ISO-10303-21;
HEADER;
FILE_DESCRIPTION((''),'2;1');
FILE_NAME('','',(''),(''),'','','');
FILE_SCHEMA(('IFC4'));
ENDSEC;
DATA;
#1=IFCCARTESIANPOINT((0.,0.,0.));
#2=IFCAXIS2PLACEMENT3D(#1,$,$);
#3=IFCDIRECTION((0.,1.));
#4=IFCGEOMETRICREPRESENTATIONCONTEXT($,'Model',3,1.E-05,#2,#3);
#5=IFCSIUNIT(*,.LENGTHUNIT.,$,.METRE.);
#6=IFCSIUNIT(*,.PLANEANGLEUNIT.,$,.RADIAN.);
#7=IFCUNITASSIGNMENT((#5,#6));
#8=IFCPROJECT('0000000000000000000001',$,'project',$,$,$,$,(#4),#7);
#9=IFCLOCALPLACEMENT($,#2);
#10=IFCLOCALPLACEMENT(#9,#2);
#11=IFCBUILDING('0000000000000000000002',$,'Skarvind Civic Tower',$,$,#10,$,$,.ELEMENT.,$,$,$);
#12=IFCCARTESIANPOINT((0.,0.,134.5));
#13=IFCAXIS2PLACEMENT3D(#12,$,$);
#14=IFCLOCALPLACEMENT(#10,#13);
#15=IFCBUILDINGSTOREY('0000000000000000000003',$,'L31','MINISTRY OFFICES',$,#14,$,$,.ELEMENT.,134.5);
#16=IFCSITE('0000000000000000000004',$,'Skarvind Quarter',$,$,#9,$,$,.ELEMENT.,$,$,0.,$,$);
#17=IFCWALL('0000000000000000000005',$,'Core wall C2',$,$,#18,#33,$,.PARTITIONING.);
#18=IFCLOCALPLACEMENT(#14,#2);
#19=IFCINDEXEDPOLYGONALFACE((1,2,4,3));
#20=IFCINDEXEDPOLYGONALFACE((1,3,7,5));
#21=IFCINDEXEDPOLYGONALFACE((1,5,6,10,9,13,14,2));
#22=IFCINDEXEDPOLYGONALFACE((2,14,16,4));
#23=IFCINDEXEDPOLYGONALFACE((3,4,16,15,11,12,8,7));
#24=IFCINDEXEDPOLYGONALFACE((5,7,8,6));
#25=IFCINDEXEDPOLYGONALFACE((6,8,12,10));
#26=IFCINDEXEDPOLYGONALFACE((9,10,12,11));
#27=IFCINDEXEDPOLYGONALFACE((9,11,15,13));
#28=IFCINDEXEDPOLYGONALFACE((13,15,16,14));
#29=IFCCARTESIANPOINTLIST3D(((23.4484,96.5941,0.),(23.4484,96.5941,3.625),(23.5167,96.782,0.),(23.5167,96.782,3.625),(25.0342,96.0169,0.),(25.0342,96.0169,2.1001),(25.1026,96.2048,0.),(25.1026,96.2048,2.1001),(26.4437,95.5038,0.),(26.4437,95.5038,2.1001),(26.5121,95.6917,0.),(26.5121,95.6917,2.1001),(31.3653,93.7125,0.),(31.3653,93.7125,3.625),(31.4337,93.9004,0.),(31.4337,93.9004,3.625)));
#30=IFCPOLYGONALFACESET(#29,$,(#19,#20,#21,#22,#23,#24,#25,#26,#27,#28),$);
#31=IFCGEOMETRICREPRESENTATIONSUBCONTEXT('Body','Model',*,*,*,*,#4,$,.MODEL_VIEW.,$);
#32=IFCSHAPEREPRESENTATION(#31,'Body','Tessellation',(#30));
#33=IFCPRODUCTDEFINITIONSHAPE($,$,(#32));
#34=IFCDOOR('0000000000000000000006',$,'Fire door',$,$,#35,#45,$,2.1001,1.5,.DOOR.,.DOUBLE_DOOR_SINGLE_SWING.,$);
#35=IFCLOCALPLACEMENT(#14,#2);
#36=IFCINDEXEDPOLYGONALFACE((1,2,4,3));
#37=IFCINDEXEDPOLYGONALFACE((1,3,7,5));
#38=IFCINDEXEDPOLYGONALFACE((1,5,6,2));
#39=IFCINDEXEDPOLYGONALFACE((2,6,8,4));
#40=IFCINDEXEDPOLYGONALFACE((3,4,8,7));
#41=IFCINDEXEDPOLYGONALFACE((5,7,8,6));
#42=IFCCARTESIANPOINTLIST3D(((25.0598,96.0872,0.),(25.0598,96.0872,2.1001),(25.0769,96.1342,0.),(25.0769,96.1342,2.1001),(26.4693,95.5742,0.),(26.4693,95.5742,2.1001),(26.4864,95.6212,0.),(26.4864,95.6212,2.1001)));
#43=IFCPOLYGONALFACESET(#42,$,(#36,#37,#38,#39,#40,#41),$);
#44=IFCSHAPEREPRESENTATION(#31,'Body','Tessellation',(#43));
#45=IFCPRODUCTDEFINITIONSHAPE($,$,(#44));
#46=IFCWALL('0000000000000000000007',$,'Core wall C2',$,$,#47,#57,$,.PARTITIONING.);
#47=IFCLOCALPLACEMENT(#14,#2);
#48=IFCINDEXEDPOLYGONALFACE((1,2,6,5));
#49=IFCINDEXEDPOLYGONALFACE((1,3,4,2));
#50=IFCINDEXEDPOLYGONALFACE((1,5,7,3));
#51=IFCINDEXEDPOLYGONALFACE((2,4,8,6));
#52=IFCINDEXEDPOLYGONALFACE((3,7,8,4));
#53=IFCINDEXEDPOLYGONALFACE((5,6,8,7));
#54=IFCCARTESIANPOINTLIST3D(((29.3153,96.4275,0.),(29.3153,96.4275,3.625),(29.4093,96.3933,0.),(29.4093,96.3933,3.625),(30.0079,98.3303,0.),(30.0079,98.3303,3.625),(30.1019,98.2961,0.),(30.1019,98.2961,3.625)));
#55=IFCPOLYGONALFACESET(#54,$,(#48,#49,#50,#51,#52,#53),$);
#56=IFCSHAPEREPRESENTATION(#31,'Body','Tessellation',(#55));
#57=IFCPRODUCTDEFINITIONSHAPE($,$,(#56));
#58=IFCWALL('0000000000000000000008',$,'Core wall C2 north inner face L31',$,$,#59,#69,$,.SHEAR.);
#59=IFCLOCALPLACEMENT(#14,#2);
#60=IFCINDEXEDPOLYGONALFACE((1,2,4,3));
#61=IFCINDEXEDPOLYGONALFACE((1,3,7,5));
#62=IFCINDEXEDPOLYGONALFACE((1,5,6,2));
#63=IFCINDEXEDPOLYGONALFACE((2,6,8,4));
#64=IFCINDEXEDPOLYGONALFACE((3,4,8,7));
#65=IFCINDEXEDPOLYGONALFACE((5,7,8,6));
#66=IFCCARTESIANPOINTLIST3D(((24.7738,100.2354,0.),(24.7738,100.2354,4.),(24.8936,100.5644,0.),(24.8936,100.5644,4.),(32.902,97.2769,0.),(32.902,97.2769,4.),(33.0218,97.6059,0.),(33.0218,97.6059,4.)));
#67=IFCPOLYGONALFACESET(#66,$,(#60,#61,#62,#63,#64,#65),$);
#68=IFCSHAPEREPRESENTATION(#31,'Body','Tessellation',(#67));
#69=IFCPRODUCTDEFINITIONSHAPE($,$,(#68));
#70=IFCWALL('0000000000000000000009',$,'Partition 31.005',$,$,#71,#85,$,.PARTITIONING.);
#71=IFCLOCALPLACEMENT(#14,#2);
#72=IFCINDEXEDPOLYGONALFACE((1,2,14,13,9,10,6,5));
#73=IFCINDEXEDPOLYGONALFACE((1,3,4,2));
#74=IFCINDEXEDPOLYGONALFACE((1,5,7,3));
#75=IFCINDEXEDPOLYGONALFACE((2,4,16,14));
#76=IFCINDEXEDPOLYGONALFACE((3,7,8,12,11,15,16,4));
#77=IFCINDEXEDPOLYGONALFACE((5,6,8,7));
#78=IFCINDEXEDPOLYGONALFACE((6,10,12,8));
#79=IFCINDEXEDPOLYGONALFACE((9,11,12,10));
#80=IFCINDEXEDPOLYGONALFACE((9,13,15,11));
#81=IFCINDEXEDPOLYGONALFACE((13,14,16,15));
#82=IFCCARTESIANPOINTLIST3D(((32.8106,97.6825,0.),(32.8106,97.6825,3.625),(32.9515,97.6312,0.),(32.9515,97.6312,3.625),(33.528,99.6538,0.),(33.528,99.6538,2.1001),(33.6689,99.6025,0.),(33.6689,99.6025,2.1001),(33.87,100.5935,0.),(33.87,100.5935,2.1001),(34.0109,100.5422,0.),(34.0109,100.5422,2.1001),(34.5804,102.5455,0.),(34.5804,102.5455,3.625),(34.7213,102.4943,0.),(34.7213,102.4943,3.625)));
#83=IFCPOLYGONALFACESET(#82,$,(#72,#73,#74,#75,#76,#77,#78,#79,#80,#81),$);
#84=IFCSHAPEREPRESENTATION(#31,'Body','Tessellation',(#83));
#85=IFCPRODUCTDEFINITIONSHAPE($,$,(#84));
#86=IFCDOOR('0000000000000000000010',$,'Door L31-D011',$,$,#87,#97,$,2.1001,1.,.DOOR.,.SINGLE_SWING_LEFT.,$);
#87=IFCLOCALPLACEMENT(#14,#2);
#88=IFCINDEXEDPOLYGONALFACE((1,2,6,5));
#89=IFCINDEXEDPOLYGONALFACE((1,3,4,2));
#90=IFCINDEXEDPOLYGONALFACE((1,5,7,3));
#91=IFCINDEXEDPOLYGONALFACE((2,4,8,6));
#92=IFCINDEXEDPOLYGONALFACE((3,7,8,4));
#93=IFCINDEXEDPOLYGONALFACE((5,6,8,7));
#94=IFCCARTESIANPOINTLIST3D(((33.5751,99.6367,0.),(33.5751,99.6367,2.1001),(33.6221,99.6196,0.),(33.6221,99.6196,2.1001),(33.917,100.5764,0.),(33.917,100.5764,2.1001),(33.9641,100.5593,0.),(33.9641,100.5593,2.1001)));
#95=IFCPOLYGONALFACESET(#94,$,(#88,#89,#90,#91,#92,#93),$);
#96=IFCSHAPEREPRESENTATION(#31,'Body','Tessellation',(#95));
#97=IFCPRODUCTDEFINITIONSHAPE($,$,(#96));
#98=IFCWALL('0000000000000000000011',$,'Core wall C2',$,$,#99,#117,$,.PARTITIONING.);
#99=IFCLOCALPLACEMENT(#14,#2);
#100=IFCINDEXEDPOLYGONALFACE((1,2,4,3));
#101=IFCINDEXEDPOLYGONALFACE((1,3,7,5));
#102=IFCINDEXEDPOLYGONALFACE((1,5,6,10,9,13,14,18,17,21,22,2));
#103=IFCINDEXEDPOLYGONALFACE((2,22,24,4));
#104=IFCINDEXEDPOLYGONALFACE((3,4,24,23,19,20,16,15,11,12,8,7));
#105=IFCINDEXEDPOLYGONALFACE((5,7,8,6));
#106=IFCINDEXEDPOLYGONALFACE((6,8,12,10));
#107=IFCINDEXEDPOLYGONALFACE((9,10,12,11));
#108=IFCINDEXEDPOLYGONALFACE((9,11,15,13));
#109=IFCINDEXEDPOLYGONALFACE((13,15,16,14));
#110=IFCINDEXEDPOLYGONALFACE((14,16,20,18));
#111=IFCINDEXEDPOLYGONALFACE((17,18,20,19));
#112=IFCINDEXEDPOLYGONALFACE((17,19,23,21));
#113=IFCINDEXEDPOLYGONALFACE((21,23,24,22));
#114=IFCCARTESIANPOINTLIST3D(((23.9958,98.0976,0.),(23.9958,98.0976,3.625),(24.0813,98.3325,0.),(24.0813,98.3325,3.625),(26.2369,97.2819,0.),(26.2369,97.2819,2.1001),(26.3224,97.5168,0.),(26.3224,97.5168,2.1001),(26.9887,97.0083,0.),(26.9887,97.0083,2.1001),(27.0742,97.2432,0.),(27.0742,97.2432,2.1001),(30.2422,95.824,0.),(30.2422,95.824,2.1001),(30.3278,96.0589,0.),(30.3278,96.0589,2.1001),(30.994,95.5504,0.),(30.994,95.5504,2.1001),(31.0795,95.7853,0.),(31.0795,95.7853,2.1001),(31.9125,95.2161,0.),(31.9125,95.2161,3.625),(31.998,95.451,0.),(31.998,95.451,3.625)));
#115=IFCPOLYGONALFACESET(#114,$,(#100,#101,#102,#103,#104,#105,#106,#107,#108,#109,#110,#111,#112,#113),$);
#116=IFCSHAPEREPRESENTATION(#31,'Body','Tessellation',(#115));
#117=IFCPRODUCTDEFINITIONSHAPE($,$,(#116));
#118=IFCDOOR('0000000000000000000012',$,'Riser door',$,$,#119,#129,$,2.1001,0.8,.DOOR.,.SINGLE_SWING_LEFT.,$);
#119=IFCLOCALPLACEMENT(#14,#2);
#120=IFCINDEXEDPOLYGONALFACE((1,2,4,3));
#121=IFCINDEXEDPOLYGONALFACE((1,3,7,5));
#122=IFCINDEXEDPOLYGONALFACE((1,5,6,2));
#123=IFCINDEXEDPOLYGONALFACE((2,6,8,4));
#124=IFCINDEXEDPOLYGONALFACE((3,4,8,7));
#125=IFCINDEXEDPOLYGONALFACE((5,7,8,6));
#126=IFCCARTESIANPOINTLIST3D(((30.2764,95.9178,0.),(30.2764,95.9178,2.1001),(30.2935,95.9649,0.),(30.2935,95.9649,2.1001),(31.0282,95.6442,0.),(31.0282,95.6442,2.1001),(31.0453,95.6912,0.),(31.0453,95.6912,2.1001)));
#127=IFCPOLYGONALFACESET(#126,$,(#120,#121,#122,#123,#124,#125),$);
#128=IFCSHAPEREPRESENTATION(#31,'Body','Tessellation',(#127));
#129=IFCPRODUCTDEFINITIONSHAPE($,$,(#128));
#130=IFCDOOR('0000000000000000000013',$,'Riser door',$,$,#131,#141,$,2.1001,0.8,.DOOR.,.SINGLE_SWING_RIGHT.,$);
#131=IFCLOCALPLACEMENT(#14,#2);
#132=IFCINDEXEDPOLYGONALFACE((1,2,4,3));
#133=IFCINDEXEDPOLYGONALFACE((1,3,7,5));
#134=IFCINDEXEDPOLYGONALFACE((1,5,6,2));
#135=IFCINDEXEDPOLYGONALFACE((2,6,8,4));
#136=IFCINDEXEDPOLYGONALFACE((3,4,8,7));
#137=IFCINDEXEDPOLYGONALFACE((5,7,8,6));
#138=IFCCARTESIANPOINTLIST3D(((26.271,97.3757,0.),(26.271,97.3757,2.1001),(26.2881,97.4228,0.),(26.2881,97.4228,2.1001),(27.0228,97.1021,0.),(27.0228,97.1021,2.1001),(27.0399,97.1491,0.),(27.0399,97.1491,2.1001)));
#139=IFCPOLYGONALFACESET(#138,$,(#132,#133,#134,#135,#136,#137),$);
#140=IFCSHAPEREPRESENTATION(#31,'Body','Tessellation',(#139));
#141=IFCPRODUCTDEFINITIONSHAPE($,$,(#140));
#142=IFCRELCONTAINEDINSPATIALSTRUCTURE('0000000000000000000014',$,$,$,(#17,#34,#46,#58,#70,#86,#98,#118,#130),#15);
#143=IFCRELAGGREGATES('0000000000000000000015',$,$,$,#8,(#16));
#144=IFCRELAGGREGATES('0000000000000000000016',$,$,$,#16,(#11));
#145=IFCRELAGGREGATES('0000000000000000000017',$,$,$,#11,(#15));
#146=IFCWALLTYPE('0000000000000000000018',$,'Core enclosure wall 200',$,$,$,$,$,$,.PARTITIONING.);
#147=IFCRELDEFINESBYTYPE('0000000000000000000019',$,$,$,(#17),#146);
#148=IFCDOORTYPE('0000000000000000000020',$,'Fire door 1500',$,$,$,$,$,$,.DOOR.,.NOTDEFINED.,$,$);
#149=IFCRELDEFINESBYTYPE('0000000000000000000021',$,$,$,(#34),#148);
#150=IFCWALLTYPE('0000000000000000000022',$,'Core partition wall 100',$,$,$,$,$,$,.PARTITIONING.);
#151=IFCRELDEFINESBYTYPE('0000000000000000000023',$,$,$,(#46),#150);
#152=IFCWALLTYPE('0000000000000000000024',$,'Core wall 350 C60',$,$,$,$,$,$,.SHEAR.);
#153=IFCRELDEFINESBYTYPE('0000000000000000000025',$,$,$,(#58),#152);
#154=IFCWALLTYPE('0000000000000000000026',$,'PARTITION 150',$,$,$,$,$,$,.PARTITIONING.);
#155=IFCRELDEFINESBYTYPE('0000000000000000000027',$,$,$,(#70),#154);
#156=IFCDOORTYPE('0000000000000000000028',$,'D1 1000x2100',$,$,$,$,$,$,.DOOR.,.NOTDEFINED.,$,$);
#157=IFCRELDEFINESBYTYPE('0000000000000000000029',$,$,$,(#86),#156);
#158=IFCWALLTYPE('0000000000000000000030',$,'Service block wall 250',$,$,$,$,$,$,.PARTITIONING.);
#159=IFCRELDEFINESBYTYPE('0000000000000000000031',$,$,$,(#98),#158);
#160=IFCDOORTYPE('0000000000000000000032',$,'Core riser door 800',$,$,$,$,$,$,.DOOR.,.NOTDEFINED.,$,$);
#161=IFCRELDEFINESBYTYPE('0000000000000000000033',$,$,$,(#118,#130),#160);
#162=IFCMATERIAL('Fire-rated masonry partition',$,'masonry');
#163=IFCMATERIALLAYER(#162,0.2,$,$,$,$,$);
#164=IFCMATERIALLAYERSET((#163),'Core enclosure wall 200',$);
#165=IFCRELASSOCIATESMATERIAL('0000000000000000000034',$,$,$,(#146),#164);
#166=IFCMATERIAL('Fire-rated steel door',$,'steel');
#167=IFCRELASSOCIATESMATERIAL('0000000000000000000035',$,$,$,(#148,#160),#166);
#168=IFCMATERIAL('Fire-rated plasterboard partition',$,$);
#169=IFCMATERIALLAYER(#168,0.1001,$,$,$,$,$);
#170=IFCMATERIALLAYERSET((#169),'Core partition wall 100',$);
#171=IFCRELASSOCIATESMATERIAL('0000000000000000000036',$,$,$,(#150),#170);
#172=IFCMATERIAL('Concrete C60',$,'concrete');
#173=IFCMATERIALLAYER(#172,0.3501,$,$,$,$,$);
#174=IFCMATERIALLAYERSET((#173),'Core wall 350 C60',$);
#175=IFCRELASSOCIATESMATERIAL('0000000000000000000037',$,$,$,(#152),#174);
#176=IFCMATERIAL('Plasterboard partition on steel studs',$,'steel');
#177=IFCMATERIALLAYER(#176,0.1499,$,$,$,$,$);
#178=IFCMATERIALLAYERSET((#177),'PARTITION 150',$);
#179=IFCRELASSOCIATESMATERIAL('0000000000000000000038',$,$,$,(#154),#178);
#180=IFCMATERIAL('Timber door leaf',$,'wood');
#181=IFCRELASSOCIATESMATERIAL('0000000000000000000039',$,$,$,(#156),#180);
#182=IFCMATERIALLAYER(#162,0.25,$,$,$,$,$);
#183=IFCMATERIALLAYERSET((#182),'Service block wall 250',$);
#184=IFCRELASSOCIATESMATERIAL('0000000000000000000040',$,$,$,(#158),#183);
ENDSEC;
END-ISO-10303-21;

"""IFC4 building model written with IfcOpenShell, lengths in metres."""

from ifc_helpers import new_model, si_unit, direction, frame, frame_2d, origin, place, context, subcontext, project, spatial, rectangle, extrude, material, layer, layer_set, type_object, element, fill, save


model = new_model("IFC4")

# Units and contexts
model_context = context("Model", 3, precision=1e-05, world=origin(), true_north=direction((0.0, 1.0)))
body_context = subcontext(model_context, "Body", "Model", "MODEL_VIEW")
ifc_project = project(units=[si_unit("LENGTHUNIT", "METRE"), si_unit("PLANEANGLEUNIT", "RADIAN")], contexts=[model_context])

# Site, building, storey
site_placement = place(None, origin())
site = spatial("IfcSite", under=ifc_project, at=site_placement, Name="Skarvind Quarter", CompositionType="ELEMENT", RefElevation=0.0)
building_placement = place(site_placement, origin())
building = spatial("IfcBuilding", under=site, at=building_placement, Name="Skarvind Civic Tower", CompositionType="ELEMENT")
storey_placement = place(building_placement, frame((0.0, 0.0, 134.5)))
storey = spatial("IfcBuildingStorey", under=building, at=storey_placement, Name="L31", Description="MINISTRY OFFICES", CompositionType="ELEMENT", Elevation=134.5)

# Wall, opening, door
ifc_material_1 = material(Name="Fire-rated masonry partition", Category="masonry")
ifc_layer_1 = layer(ifc_material_1, 0.2)
ifc_layer_set_1 = layer_set([ifc_layer_1], Name="Core enclosure wall 200")
wall_type_1 = type_object("IfcWallType", Name="Core enclosure wall 200", PredefinedType="PARTITIONING", material=ifc_layer_set_1)
wall_1_placement = place(storey_placement, frame((23.4827, 96.688, 0.0), z_axis=(0.0, 0.0, 1.0), x_axis=(0.939691, -0.342025, 0.0)))
wall_1 = element("IfcWall", 1, at=wall_1_placement, inside=storey, type_object=wall_type_1, Name="Core wall C2", PredefinedType="PARTITIONING", context=body_context, shape_type="SweptSolid", body=[
    extrude(rectangle(XDim=8.425, YDim=0.2, at=frame_2d((4.2124, 0.0))), origin(), (0.0, 0.0, 1.0), 3.625),
])
opening_1_placement = place(wall_1_placement, frame((1.6875, 0.0, 0.0)))
opening_1 = element("IfcOpeningElement", 2, at=opening_1_placement, cuts=wall_1, PredefinedType="OPENING", context=body_context, shape_type="SweptSolid", body=[
    extrude(rectangle(XDim=1.5, YDim=2.1001, at=frame_2d((0.75, 1.05))), frame((0.0, 0.1099, 0.0), z_axis=(0.0, -1.0, 0.0), x_axis=(1.0, 0.0, 0.0)), (0.0, 0.0, 1.0), 0.22),
])
ifc_material_2 = material(Name="Fire-rated steel door", Category="steel")
door_type_1 = type_object("IfcDoorType", Name="Fire door 1500", OperationType="NOTDEFINED", PredefinedType="DOOR", material=ifc_material_2)
door_1_placement = place(opening_1_placement, origin())
door_1 = element("IfcDoor", 3, at=door_1_placement, inside=storey, type_object=door_type_1, Name="Fire door", OperationType="DOUBLE_DOOR_SINGLE_SWING", OverallHeight=2.1001, OverallWidth=1.5, PredefinedType="DOOR", context=body_context, shape_type="SweptSolid", body=[
    extrude(rectangle(XDim=1.5, YDim=2.1001, at=frame_2d((0.75, 1.05))), frame((0.0, 0.0249, 0.0), z_axis=(0.0, -1.0, 0.0), x_axis=(1.0, 0.0, 0.0)), (0.0, 0.0, 1.0), 0.05),
])
fill(opening_1, door_1)

# Walls
ifc_material_3 = material(Name="Fire-rated plasterboard partition")
ifc_layer_2 = layer(ifc_material_3, 0.1001)
ifc_layer_set_2 = layer_set([ifc_layer_2], Name="Core partition wall 100")
wall_type_2 = type_object("IfcWallType", Name="Core partition wall 100", PredefinedType="PARTITIONING", material=ifc_layer_set_2)
wall_2_placement = place(storey_placement, frame((29.3623, 96.4104, 0.0), z_axis=(0.0, 0.0, 1.0), x_axis=(0.342043, 0.939684, 0.0)))
element("IfcWall", 4, at=wall_2_placement, inside=storey, type_object=wall_type_2, Name="Core wall C2", PredefinedType="PARTITIONING", context=body_context, shape_type="SweptSolid", body=[
    extrude(rectangle(XDim=2.0249, YDim=0.1001, at=frame_2d((1.0125, 0.0))), origin(), (0.0, 0.0, 1.0), 3.625),
])
ifc_material_4 = material(Name="Concrete C60", Category="concrete")
ifc_layer_3 = layer(ifc_material_4, 0.3501)
ifc_layer_set_3 = layer_set([ifc_layer_3], Name="Core wall 350 C60")
wall_type_3 = type_object("IfcWallType", Name="Core wall 350 C60", PredefinedType="SHEAR", material=ifc_layer_set_3)
wall_3_placement = place(storey_placement, frame((32.9619, 97.4414, 0.0), z_axis=(0.0, 0.0, 1.0), x_axis=(-0.93969, 0.342029, 0.0)))
element("IfcWall", 5, at=wall_3_placement, inside=storey, type_object=wall_type_3, Name="Core wall C2 north inner face L31", PredefinedType="SHEAR", context=body_context, shape_type="SweptSolid", body=[
    extrude(rectangle(XDim=8.6499, YDim=0.3501, at=frame_2d((4.325, 0.0))), origin(), (0.0, 0.0, 1.0), 4.0),
])

# Wall, opening, door
ifc_material_5 = material(Name="Plasterboard partition on steel studs", Category="steel")
ifc_layer_4 = layer(ifc_material_5, 0.1499)
ifc_layer_set_4 = layer_set([ifc_layer_4], Name="PARTITION 150")
wall_type_4 = type_object("IfcWallType", Name="PARTITION 150", PredefinedType="PARTITIONING", material=ifc_layer_set_4)
wall_4_placement = place(storey_placement, frame((32.8811, 97.657, 0.0), z_axis=(0.0, 0.0, 1.0), x_axis=(0.341982, 0.939707, 0.0)))
wall_4 = element("IfcWall", 6, at=wall_4_placement, inside=storey, type_object=wall_type_4, Name="Partition 31.005", PredefinedType="PARTITIONING", context=body_context, shape_type="SweptSolid", body=[
    extrude(rectangle(XDim=5.175, YDim=0.1499, at=frame_2d((2.5874, 0.0))), origin(), (0.0, 0.0, 1.0), 3.625),
])
opening_2_placement = place(wall_4_placement, frame((2.0977, 0.0, 0.0)))
opening_2 = element("IfcOpeningElement", 7, at=opening_2_placement, cuts=wall_4, PredefinedType="OPENING", context=body_context, shape_type="SweptSolid", body=[
    extrude(rectangle(XDim=1.0, YDim=2.1001, at=frame_2d((0.5, 1.05))), frame((0.0, 0.085, 0.0), z_axis=(0.0, -1.0, 0.0), x_axis=(1.0, 0.0, 0.0)), (0.0, 0.0, 1.0), 0.1699),
])
ifc_material_6 = material(Name="Timber door leaf", Category="wood")
door_type_2 = type_object("IfcDoorType", Name="D1 1000x2100", OperationType="NOTDEFINED", PredefinedType="DOOR", material=ifc_material_6)
door_2_placement = place(opening_2_placement, origin())
door_2 = element("IfcDoor", 8, at=door_2_placement, inside=storey, type_object=door_type_2, Name="Door L31-D011", OperationType="SINGLE_SWING_LEFT", OverallHeight=2.1001, OverallWidth=1.0, PredefinedType="DOOR", context=body_context, shape_type="SweptSolid", body=[
    extrude(rectangle(XDim=1.0, YDim=2.1001, at=frame_2d((0.5, 1.05))), frame((0.0, 0.0249, 0.0), z_axis=(0.0, -1.0, 0.0), x_axis=(1.0, 0.0, 0.0)), (0.0, 0.0, 1.0), 0.05),
])
fill(opening_2, door_2)

# Wall, openings, doors
ifc_layer_5 = layer(ifc_material_1, 0.25)
ifc_layer_set_5 = layer_set([ifc_layer_5], Name="Service block wall 250")
wall_type_5 = type_object("IfcWallType", Name="Service block wall 250", PredefinedType="PARTITIONING", material=ifc_layer_set_5)
wall_5_placement = place(storey_placement, frame((24.0386, 98.2151, 0.0), z_axis=(0.0, 0.0, 1.0), x_axis=(0.939688, -0.342034, 0.0)))
wall_5 = element("IfcWall", 9, at=wall_5_placement, inside=storey, type_object=wall_type_5, Name="Core wall C2", PredefinedType="PARTITIONING", context=body_context, shape_type="SweptSolid", body=[
    extrude(rectangle(XDim=8.4248, YDim=0.25, at=frame_2d((4.2124, 0.0))), origin(), (0.0, 0.0, 1.0), 3.625),
])
opening_3_placement = place(wall_5_placement, frame((6.6475, 0.0, 0.0)))
opening_3 = element("IfcOpeningElement", 10, at=opening_3_placement, cuts=wall_5, PredefinedType="OPENING", context=body_context, shape_type="SweptSolid", body=[
    extrude(rectangle(XDim=0.8, YDim=2.1001, at=frame_2d((0.3999, 1.05))), frame((0.0, 0.135, 0.0), z_axis=(0.0, -1.0, 0.0), x_axis=(1.0, 0.0, 0.0)), (0.0, 0.0, 1.0), 0.27),
])
opening_4_placement = place(wall_5_placement, frame((2.385, 0.0, 0.0)))
opening_4 = element("IfcOpeningElement", 11, at=opening_4_placement, cuts=wall_5, PredefinedType="OPENING", context=body_context, shape_type="SweptSolid", body=[
    extrude(rectangle(XDim=0.8, YDim=2.1001, at=frame_2d((0.3999, 1.05))), frame((0.0, 0.135, 0.0), z_axis=(0.0, -1.0, 0.0), x_axis=(1.0, 0.0, 0.0)), (0.0, 0.0, 1.0), 0.27),
])
door_type_3 = type_object("IfcDoorType", Name="Core riser door 800", OperationType="NOTDEFINED", PredefinedType="DOOR", material=ifc_material_2)
door_3_placement = place(opening_3_placement, origin())
door_3 = element("IfcDoor", 12, at=door_3_placement, inside=storey, type_object=door_type_3, Name="Riser door", OperationType="SINGLE_SWING_LEFT", OverallHeight=2.1001, OverallWidth=0.8, PredefinedType="DOOR", context=body_context, shape_type="SweptSolid", body=[
    extrude(rectangle(XDim=0.8, YDim=2.1001, at=frame_2d((0.3999, 1.05))), frame((0.0, 0.0249, 0.0), z_axis=(0.0, -1.0, 0.0), x_axis=(1.0, 0.0, 0.0)), (0.0, 0.0, 1.0), 0.05),
])
fill(opening_3, door_3)
door_4_placement = place(opening_4_placement, origin())
door_4 = element("IfcDoor", 13, at=door_4_placement, inside=storey, type_object=door_type_3, Name="Riser door", OperationType="SINGLE_SWING_RIGHT", OverallHeight=2.1001, OverallWidth=0.8, PredefinedType="DOOR", context=body_context, shape_type="SweptSolid", body=[
    extrude(rectangle(XDim=0.8, YDim=2.1001, at=frame_2d((0.3999, 1.05))), frame((0.0, 0.0249, 0.0), z_axis=(0.0, -1.0, 0.0), x_axis=(1.0, 0.0, 0.0)), (0.0, 0.0, 1.0), 0.05),
])
fill(opening_4, door_4)

save(model, "model.ifc")
